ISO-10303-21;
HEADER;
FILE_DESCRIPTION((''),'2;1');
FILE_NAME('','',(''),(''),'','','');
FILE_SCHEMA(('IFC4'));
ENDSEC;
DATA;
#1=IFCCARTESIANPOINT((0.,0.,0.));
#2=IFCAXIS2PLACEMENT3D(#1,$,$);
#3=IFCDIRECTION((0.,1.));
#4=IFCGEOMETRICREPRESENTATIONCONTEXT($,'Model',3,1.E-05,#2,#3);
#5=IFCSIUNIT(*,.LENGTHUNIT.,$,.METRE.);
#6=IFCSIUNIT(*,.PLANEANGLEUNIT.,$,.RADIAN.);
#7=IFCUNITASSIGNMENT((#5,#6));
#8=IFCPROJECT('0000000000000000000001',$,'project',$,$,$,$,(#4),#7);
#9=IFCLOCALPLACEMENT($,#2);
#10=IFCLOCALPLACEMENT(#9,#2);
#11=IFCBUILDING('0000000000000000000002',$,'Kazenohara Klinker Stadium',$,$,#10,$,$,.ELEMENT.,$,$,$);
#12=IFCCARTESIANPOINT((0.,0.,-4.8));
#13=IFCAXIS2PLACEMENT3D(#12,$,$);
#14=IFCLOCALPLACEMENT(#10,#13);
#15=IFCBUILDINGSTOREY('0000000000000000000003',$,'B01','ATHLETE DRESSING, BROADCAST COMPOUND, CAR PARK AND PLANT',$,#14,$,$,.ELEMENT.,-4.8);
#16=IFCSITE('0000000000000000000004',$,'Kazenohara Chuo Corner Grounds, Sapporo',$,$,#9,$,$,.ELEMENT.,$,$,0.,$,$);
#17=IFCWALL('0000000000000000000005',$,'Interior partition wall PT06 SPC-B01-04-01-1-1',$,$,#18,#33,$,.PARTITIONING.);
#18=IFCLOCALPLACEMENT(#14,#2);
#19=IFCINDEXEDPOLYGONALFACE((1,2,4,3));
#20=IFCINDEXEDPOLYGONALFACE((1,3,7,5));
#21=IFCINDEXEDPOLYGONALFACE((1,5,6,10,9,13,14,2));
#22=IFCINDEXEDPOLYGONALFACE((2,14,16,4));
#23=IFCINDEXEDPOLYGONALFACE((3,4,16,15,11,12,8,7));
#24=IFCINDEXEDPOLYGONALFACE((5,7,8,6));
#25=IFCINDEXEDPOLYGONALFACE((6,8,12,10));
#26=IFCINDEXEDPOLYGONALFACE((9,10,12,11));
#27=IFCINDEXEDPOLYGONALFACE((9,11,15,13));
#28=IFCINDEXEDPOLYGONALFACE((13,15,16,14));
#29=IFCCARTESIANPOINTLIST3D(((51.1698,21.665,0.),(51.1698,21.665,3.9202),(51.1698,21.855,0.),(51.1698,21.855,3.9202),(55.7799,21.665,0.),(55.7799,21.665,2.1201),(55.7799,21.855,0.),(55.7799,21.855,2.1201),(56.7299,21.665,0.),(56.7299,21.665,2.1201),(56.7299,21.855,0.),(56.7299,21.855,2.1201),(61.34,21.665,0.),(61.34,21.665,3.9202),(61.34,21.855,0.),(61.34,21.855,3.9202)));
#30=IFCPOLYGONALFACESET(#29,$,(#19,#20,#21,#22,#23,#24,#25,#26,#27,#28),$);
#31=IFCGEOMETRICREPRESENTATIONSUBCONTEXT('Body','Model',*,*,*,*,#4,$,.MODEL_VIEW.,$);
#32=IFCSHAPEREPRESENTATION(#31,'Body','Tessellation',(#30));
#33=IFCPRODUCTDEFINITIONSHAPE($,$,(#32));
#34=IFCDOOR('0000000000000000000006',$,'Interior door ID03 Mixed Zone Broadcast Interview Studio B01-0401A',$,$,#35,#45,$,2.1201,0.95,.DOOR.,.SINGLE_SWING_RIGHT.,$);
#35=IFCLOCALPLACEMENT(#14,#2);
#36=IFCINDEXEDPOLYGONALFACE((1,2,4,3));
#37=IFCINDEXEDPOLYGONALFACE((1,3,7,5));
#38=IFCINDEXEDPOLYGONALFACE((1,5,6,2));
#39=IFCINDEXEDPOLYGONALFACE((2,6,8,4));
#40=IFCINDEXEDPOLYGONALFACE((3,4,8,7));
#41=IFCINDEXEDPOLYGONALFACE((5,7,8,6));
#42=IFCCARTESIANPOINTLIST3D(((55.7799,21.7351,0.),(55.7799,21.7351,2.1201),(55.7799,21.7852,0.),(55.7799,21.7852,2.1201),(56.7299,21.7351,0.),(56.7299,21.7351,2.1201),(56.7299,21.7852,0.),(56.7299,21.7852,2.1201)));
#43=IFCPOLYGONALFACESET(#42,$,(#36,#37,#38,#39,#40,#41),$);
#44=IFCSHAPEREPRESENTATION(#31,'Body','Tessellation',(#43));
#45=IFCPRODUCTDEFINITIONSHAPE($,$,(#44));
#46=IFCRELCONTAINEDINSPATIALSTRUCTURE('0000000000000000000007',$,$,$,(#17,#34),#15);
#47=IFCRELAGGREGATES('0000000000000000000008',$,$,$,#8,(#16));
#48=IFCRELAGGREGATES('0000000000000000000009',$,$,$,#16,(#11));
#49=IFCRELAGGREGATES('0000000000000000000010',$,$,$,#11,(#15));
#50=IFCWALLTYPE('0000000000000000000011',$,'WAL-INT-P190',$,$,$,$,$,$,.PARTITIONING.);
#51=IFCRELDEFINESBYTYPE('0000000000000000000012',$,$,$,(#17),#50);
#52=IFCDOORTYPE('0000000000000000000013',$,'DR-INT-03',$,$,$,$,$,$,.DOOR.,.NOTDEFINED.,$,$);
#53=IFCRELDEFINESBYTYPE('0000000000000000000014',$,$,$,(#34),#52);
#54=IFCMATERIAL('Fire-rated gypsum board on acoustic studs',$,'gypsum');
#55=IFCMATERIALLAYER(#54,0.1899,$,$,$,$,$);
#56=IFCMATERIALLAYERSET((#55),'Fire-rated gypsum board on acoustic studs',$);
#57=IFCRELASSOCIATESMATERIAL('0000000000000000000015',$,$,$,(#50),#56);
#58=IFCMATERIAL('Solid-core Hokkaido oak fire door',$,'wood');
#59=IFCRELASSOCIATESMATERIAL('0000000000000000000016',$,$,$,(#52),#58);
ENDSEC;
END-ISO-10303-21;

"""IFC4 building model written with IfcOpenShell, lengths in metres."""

from ifc_helpers import new_model, si_unit, direction, frame, frame_2d, origin, place, context, subcontext, project, spatial, rectangle, extrude, material, layer, layer_set, type_object, element, fill, save


model = new_model("IFC4")

# Units and contexts
model_context = context("Model", 3, precision=1e-05, world=origin(), true_north=direction((0.0, 1.0)))
body_context = subcontext(model_context, "Body", "Model", "MODEL_VIEW")
ifc_project = project(units=[si_unit("LENGTHUNIT", "METRE"), si_unit("PLANEANGLEUNIT", "RADIAN")], contexts=[model_context])

# Site, building, storey
site_placement = place(None, origin())
site = spatial("IfcSite", under=ifc_project, at=site_placement, Name="Kazenohara Chuo Corner Grounds, Sapporo", CompositionType="ELEMENT", RefElevation=0.0)
building_placement = place(site_placement, origin())
building = spatial("IfcBuilding", under=site, at=building_placement, Name="Kazenohara Klinker Stadium", CompositionType="ELEMENT")
storey_placement = place(building_placement, frame((0.0, 0.0, -4.8)))
storey = spatial("IfcBuildingStorey", under=building, at=storey_placement, Name="B01", Description="ATHLETE DRESSING, BROADCAST COMPOUND, CAR PARK AND PLANT", CompositionType="ELEMENT", Elevation=-4.8)

# Wall, opening, door
ifc_material_1 = material(Name="Fire-rated gypsum board on acoustic studs", Category="gypsum")
ifc_layer_1 = layer(ifc_material_1, 0.1899)
ifc_layer_set_1 = layer_set([ifc_layer_1], Name="Fire-rated gypsum board on acoustic studs")
wall_type_1 = type_object("IfcWallType", Name="WAL-INT-P190", PredefinedType="PARTITIONING", material=ifc_layer_set_1)
wall_1_placement = place(storey_placement, frame((51.1699, 21.76, 0.0), z_axis=(0.0, 0.0, 1.0), x_axis=(1.0, 0.0, 0.0)))
wall_1 = element("IfcWall", 1, at=wall_1_placement, inside=storey, type_object=wall_type_1, Name="Interior partition wall PT06 SPC-B01-04-01-1-1", PredefinedType="PARTITIONING", context=body_context, shape_type="SweptSolid", body=[
    extrude(rectangle(XDim=10.1702, YDim=0.1899, at=frame_2d((5.085, 0.0))), origin(), (0.0, 0.0, 1.0), 3.9202),
])
opening_placement = place(wall_1_placement, frame((5.5601, 0.0, 0.0), z_axis=(0.0, 0.0, 1.0), x_axis=(-1.0, 0.0, 0.0)))
opening = element("IfcOpeningElement", 2, at=opening_placement, cuts=wall_1, PredefinedType="OPENING", context=body_context, shape_type="SweptSolid", body=[
    extrude(rectangle(XDim=0.95, YDim=2.1201, at=frame_2d((0.4751, 1.0601))), frame((0.0, 0.105, 0.0), z_axis=(0.0, -1.0, 0.0), x_axis=(1.0, 0.0, 0.0)), (0.0, 0.0, 1.0), 0.21),
])
ifc_material_2 = material(Name="Solid-core Hokkaido oak fire door", Category="wood")
door_type = type_object("IfcDoorType", Name="DR-INT-03", OperationType="NOTDEFINED", PredefinedType="DOOR", material=ifc_material_2)
door_placement = place(opening_placement, origin())
door = element("IfcDoor", 3, at=door_placement, inside=storey, type_object=door_type, Name="Interior door ID03 Mixed Zone Broadcast Interview Studio B01-0401A", OperationType="SINGLE_SWING_RIGHT", OverallHeight=2.1201, OverallWidth=0.95, PredefinedType="DOOR", context=body_context, shape_type="SweptSolid", body=[
    extrude(rectangle(XDim=0.95, YDim=2.1201, at=frame_2d((0.4751, 1.0601))), frame((0.0, 0.0249, 0.0), z_axis=(0.0, -1.0, 0.0), x_axis=(1.0, 0.0, 0.0)), (0.0, 0.0, 1.0), 0.05),
])
fill(opening, door)

save(model, "model.ifc")
